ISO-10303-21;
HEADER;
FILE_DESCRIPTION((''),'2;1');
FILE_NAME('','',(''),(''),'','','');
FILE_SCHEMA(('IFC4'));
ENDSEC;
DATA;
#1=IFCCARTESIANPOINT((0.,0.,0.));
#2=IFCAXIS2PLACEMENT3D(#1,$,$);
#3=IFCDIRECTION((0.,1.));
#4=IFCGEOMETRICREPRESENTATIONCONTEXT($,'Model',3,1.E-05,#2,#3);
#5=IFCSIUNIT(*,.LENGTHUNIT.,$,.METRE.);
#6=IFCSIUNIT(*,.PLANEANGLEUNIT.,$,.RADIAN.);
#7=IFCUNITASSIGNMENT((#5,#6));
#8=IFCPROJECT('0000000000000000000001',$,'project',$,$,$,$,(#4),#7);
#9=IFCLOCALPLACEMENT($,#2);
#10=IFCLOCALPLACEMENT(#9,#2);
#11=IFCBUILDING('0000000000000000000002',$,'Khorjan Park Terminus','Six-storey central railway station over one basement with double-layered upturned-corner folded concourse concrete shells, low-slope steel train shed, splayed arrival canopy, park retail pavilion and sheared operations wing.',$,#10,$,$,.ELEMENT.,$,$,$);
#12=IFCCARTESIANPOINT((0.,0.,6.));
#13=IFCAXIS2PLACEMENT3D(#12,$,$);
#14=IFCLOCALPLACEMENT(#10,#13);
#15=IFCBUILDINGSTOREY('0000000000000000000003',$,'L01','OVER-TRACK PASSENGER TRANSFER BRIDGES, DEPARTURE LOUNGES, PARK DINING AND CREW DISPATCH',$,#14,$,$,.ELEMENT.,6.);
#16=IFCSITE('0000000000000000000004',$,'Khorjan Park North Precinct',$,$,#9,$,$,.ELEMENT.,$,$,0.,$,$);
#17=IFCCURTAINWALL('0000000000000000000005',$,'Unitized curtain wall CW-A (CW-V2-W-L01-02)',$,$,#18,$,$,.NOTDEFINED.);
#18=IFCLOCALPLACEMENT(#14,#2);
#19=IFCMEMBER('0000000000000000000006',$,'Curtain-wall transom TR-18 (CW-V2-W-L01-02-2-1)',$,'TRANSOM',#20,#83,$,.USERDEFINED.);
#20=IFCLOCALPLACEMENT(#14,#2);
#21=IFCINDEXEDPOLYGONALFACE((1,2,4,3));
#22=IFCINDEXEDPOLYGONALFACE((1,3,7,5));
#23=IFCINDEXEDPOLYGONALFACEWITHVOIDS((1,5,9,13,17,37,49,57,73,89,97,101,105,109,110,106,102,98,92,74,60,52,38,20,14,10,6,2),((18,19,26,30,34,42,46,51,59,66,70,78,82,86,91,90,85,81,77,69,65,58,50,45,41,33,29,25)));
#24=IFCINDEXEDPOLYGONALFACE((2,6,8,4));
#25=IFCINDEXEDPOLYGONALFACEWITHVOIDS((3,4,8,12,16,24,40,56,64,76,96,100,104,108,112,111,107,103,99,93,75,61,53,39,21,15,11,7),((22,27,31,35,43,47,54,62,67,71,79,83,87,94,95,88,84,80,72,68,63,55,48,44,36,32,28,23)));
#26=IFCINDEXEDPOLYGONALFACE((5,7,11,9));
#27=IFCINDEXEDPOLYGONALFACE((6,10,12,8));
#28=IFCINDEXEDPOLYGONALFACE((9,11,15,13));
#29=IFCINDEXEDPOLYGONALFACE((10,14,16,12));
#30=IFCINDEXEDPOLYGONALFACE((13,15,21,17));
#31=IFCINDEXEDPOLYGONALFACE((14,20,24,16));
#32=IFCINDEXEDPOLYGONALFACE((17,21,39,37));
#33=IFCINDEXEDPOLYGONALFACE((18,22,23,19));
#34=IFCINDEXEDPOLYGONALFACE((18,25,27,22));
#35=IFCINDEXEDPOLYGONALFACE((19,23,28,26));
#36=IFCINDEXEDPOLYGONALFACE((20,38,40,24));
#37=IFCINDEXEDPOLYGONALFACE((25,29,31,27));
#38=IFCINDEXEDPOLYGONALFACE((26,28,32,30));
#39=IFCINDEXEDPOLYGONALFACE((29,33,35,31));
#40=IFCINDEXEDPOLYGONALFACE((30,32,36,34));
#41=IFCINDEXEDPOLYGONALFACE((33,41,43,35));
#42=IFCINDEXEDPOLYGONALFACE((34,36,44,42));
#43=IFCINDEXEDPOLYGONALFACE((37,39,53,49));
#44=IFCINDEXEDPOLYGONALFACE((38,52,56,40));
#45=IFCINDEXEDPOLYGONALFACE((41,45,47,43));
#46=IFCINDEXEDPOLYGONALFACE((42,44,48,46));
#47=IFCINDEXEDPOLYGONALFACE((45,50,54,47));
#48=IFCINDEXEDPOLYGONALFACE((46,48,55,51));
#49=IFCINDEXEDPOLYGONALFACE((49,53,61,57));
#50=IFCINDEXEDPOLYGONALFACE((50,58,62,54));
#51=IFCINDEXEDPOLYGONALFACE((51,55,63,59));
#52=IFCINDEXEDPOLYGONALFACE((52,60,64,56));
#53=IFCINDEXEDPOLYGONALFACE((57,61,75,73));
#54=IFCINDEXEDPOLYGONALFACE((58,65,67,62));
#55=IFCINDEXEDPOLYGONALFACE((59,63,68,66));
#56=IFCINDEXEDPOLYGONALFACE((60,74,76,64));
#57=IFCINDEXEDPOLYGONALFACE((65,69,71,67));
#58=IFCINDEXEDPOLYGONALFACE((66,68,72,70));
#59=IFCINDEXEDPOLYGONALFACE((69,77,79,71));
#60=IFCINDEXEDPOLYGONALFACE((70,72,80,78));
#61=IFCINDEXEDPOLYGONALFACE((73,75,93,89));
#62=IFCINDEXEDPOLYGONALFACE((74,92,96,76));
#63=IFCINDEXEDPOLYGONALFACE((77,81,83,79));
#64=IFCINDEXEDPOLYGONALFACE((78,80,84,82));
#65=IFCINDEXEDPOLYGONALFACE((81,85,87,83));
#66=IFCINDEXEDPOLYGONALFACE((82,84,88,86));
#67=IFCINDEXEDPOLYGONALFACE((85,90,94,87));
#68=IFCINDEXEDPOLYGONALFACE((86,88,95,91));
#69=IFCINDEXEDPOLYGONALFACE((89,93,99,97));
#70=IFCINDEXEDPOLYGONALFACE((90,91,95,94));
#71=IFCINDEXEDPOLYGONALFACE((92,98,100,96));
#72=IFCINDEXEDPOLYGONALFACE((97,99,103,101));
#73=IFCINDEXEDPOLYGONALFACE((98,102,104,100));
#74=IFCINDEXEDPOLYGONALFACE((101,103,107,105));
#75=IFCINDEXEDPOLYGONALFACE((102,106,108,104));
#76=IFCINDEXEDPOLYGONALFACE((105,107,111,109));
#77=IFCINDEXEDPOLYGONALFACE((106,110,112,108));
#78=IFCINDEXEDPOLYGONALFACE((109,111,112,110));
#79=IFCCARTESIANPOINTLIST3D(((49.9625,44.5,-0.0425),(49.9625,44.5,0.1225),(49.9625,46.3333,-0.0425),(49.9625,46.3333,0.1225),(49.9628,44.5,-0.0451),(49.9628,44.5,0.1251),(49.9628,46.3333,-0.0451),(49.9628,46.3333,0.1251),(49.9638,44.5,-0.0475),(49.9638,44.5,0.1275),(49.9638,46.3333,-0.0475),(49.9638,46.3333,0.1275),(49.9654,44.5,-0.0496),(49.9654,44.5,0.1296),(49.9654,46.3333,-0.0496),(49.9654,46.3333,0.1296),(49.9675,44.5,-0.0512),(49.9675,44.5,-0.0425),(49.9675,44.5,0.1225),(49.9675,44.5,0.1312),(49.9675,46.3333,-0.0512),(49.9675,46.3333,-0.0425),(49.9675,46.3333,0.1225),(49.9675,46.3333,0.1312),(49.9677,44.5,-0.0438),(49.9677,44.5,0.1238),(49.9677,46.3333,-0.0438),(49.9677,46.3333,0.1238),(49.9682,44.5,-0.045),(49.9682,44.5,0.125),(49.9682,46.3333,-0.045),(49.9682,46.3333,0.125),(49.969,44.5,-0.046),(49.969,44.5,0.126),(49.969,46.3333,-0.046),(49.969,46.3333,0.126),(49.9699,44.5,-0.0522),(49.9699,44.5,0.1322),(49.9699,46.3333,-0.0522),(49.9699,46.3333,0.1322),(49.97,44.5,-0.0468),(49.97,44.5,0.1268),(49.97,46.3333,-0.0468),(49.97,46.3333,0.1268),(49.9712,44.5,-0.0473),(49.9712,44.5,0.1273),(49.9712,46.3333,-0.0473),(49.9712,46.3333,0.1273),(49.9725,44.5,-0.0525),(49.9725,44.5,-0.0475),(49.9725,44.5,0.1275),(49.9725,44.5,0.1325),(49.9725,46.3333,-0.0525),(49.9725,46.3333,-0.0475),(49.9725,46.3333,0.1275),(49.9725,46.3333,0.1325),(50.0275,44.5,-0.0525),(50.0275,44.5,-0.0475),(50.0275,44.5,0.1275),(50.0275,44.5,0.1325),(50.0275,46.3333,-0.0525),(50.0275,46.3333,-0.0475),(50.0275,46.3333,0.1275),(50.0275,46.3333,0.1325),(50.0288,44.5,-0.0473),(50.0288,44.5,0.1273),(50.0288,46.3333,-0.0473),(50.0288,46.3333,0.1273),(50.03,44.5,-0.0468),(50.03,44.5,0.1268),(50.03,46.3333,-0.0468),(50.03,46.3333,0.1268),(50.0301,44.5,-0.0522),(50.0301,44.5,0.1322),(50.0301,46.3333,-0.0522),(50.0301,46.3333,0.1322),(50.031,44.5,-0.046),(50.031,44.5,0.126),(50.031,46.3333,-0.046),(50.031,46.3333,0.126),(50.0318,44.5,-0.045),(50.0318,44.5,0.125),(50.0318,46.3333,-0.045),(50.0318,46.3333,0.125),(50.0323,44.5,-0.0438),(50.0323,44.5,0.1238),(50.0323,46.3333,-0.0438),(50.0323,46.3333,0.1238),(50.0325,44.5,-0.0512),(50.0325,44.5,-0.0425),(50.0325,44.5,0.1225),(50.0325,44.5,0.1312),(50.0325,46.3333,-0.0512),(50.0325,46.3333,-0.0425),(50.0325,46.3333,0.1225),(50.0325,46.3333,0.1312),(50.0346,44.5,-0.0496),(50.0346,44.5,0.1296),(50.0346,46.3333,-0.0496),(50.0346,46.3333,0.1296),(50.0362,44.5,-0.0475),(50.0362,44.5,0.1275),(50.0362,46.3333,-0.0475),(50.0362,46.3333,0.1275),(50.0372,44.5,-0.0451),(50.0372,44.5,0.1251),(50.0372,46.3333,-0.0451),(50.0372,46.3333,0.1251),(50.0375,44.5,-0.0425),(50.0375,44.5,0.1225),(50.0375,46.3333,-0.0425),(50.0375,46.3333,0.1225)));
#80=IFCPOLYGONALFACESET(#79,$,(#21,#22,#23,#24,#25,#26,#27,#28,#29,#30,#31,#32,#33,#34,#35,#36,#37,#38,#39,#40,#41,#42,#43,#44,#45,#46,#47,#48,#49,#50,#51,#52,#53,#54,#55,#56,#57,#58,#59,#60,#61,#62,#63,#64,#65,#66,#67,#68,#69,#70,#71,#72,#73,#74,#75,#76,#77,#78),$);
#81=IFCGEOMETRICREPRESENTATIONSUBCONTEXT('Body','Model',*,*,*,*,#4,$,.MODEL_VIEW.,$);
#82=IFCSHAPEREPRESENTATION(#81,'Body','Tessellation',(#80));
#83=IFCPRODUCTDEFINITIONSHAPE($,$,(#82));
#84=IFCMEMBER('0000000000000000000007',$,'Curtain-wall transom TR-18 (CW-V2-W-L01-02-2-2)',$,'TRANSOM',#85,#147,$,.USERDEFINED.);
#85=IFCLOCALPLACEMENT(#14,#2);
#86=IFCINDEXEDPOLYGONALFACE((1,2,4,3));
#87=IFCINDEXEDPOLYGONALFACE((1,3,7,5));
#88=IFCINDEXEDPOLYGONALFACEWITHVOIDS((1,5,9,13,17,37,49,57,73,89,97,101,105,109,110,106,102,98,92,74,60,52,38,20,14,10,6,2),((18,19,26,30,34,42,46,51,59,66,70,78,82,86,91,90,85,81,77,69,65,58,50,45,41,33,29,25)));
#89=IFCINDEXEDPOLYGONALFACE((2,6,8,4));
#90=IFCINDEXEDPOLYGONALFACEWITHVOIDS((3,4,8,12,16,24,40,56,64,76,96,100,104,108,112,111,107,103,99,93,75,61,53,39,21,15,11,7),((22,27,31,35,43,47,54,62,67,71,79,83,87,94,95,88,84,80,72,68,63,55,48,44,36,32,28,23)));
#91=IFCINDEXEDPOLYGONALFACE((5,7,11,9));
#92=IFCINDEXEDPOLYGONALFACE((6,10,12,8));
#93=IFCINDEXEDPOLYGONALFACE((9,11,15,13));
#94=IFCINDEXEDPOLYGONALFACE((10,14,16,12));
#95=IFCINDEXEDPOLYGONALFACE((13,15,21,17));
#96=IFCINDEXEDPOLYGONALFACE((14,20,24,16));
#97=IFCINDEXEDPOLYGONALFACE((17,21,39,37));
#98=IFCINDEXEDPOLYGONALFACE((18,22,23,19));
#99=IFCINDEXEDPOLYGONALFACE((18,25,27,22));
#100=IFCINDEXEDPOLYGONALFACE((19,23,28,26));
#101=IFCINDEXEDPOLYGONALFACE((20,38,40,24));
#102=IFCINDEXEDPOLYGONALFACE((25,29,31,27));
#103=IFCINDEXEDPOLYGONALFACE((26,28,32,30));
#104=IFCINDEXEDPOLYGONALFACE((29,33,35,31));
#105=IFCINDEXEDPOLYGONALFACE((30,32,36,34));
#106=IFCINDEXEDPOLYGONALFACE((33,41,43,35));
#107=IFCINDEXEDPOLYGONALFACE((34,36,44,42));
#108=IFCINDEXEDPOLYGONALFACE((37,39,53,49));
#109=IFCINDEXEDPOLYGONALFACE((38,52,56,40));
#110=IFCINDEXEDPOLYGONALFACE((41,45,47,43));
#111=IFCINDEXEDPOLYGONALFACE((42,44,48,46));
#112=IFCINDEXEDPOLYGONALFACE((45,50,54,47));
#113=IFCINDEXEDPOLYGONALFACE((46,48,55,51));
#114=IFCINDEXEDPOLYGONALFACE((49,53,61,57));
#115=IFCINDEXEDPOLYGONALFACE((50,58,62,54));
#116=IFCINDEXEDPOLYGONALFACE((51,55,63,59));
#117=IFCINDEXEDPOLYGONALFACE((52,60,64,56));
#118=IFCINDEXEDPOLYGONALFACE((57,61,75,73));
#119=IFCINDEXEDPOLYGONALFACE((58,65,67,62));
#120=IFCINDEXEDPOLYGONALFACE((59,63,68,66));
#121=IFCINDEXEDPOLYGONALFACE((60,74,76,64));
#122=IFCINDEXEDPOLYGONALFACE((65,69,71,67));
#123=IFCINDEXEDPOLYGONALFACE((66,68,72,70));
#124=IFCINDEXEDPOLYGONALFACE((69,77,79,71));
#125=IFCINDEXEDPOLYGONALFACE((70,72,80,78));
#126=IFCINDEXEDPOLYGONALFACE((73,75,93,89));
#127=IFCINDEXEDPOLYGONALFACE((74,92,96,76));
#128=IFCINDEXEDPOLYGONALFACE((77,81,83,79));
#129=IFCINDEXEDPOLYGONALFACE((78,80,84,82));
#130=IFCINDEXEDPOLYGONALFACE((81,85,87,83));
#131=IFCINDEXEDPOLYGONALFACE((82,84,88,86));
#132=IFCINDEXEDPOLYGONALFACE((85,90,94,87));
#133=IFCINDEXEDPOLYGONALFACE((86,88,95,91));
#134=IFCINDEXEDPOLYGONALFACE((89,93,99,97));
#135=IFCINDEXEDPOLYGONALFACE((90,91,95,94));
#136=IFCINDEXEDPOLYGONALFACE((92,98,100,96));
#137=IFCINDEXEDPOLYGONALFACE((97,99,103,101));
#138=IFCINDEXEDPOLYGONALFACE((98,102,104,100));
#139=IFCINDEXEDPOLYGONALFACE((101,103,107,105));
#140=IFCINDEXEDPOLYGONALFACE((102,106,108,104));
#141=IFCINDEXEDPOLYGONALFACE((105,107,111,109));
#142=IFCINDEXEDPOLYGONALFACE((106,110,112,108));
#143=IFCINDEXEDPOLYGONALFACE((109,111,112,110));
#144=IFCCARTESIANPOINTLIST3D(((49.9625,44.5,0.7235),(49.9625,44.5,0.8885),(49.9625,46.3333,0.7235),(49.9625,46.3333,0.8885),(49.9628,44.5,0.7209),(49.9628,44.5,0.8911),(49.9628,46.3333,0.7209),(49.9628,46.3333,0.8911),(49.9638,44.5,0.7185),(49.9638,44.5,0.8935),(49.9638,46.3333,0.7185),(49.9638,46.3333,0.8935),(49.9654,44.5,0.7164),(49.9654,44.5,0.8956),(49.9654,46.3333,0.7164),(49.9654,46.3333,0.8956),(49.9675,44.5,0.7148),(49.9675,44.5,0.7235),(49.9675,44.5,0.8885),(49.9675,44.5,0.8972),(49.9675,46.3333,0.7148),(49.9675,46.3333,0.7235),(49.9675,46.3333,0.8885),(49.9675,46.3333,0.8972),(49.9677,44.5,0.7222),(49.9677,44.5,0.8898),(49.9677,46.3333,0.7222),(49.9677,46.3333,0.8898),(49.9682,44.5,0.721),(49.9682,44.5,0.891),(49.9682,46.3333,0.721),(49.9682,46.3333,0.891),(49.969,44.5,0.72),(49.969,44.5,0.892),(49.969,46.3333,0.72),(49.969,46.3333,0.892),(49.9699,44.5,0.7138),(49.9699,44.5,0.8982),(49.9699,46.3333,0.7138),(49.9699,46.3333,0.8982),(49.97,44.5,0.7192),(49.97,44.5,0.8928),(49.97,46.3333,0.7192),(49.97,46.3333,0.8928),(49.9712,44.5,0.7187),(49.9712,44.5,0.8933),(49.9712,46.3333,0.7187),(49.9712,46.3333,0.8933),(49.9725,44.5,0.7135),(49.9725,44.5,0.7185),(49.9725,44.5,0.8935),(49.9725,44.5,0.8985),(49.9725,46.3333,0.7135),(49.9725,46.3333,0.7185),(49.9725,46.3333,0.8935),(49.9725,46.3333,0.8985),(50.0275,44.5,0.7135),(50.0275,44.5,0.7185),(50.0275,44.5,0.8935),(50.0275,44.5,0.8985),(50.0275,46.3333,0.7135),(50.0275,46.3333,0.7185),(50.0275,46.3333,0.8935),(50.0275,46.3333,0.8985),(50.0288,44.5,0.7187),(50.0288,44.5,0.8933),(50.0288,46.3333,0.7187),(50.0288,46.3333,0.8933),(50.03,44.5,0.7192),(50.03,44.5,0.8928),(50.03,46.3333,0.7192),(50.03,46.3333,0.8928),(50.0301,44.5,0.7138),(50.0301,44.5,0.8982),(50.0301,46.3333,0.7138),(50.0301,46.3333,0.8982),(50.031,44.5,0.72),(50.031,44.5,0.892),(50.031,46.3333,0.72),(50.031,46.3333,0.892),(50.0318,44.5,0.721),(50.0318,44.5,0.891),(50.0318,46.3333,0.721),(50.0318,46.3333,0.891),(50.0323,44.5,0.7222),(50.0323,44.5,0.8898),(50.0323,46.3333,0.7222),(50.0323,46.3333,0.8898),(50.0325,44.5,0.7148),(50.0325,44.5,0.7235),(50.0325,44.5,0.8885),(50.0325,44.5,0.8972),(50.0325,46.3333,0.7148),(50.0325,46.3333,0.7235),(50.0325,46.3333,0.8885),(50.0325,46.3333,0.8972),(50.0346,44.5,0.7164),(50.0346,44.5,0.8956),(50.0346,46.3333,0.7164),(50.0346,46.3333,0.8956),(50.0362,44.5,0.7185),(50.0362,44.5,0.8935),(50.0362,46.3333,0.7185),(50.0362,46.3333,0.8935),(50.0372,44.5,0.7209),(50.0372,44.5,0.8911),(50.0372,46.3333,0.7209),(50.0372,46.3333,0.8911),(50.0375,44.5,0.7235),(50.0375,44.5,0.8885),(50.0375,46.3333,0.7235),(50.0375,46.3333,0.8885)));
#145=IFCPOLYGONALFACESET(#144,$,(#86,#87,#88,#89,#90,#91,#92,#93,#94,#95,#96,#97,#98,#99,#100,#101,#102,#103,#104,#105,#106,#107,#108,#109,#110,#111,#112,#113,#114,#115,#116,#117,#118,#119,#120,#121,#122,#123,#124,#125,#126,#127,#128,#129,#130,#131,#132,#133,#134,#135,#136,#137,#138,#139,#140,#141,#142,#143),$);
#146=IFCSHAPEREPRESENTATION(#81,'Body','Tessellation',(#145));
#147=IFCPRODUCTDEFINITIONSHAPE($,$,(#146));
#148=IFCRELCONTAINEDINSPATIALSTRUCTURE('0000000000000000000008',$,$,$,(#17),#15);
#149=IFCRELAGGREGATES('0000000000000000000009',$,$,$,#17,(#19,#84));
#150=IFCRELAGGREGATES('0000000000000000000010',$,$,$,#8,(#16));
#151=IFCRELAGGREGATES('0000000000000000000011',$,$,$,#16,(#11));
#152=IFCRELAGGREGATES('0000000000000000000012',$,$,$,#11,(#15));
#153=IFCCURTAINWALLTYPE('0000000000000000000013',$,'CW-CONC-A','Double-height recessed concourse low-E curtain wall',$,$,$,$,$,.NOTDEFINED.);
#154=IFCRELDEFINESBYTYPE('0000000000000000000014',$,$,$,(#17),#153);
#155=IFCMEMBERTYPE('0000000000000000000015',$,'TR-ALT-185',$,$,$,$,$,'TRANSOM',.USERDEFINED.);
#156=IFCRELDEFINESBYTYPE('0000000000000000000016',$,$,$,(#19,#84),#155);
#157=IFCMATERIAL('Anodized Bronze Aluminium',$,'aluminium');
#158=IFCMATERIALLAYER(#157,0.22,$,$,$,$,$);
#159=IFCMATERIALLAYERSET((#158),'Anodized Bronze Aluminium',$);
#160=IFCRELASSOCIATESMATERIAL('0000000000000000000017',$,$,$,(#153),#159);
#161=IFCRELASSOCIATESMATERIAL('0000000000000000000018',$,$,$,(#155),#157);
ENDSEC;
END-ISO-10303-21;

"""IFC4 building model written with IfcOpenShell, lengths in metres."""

from ifc_helpers import new_model, si_unit, direction, frame, origin, origin_2d, place, context, subcontext, project, spatial, hollow_rectangle, extrude, material, layer, layer_set, material_profile, profile_set, type_object, element, aggregate, save


model = new_model("IFC4")

# Units and contexts
model_context = context("Model", 3, precision=1e-05, world=origin(), true_north=direction((0.0, 1.0)))
body_context = subcontext(model_context, "Body", "Model", "MODEL_VIEW")
ifc_project = project(units=[si_unit("LENGTHUNIT", "METRE"), si_unit("PLANEANGLEUNIT", "RADIAN")], contexts=[model_context])

# Site, building, storey
site_placement = place(None, origin())
site = spatial("IfcSite", under=ifc_project, at=site_placement, Name="Khorjan Park North Precinct", CompositionType="ELEMENT", RefElevation=0.0)
building_placement = place(site_placement, origin())
building = spatial("IfcBuilding", under=site, at=building_placement, Name="Khorjan Park Terminus", Description="Six-storey central railway station over one basement with double-layered upturned-corner folded concourse concrete shells, low-slope steel train shed, splayed arrival canopy, park retail pavilion and sheared operations wing.", CompositionType="ELEMENT")
storey_placement = place(building_placement, frame((0.0, 0.0, 6.0)))
storey = spatial("IfcBuildingStorey", under=building, at=storey_placement, Name="L01", Description="OVER-TRACK PASSENGER TRANSFER BRIDGES, DEPARTURE LOUNGES, PARK DINING AND CREW DISPATCH", CompositionType="ELEMENT", Elevation=6.0)

# Curtain wall
ifc_material_1 = material(Name="Anodized Bronze Aluminium", Category="aluminium")
ifc_layer_1 = layer(ifc_material_1, 0.22)
ifc_layer_set_1 = layer_set([ifc_layer_1], Name="Anodized Bronze Aluminium")
curtain_wall_type_1 = type_object("IfcCurtainWallType", Name="CW-CONC-A", Description="Double-height recessed concourse low-E curtain wall", PredefinedType="NOTDEFINED", material=ifc_layer_set_1)
curtain_wall_1_placement = place(storey_placement, origin())
curtain_wall_1 = element("IfcCurtainWall", 1, at=curtain_wall_1_placement, inside=storey, type_object=curtain_wall_type_1, Name="Unitized curtain wall CW-A (CW-V2-W-L01-02)", PredefinedType="NOTDEFINED")

# Members
ifc_material_profile_1 = material_profile(ifc_material_1, hollow_rectangle(XDim=0.075, YDim=0.185, WallThickness=0.005, InnerFilletRadius=0.005, OuterFilletRadius=0.01, at=origin_2d()), Name="ALT 75x185x5")
ifc_profile_set_1 = profile_set([ifc_material_profile_1], Name="Anodized Bronze Aluminium")
member_type_1 = type_object("IfcMemberType", Name="TR-ALT-185", ElementType="TRANSOM", PredefinedType="USERDEFINED", material=ifc_profile_set_1)
member_1_placement = place(storey_placement, frame((50.0, 46.3333, 0.04), z_axis=(0.0, -1.0, 0.0), x_axis=(1.0, 0.0, 0.0)))
member_1 = element("IfcMember", 2, at=member_1_placement, type_object=member_type_1, Name="Curtain-wall transom TR-18 (CW-V2-W-L01-02-2-1)", ObjectType="TRANSOM", PredefinedType="USERDEFINED", context=body_context, shape_type="SweptSolid", body=[
    extrude(hollow_rectangle(XDim=0.075, YDim=0.185, WallThickness=0.005, InnerFilletRadius=0.005, OuterFilletRadius=0.01, at=origin_2d()), origin(), (0.0, 0.0, 1.0), 1.8333),
])
member_2_placement = place(storey_placement, frame((50.0, 46.3333, 0.806), z_axis=(0.0, -1.0, 0.0), x_axis=(1.0, 0.0, 0.0)))
member_2 = element("IfcMember", 3, at=member_2_placement, type_object=member_type_1, Name="Curtain-wall transom TR-18 (CW-V2-W-L01-02-2-2)", ObjectType="TRANSOM", PredefinedType="USERDEFINED", context=body_context, shape_type="SweptSolid", body=[
    extrude(hollow_rectangle(XDim=0.075, YDim=0.185, WallThickness=0.005, InnerFilletRadius=0.005, OuterFilletRadius=0.01, at=origin_2d()), origin(), (0.0, 0.0, 1.0), 1.8333),
])

aggregate(curtain_wall_1, [member_1, member_2])

save(model, "model.ifc")
